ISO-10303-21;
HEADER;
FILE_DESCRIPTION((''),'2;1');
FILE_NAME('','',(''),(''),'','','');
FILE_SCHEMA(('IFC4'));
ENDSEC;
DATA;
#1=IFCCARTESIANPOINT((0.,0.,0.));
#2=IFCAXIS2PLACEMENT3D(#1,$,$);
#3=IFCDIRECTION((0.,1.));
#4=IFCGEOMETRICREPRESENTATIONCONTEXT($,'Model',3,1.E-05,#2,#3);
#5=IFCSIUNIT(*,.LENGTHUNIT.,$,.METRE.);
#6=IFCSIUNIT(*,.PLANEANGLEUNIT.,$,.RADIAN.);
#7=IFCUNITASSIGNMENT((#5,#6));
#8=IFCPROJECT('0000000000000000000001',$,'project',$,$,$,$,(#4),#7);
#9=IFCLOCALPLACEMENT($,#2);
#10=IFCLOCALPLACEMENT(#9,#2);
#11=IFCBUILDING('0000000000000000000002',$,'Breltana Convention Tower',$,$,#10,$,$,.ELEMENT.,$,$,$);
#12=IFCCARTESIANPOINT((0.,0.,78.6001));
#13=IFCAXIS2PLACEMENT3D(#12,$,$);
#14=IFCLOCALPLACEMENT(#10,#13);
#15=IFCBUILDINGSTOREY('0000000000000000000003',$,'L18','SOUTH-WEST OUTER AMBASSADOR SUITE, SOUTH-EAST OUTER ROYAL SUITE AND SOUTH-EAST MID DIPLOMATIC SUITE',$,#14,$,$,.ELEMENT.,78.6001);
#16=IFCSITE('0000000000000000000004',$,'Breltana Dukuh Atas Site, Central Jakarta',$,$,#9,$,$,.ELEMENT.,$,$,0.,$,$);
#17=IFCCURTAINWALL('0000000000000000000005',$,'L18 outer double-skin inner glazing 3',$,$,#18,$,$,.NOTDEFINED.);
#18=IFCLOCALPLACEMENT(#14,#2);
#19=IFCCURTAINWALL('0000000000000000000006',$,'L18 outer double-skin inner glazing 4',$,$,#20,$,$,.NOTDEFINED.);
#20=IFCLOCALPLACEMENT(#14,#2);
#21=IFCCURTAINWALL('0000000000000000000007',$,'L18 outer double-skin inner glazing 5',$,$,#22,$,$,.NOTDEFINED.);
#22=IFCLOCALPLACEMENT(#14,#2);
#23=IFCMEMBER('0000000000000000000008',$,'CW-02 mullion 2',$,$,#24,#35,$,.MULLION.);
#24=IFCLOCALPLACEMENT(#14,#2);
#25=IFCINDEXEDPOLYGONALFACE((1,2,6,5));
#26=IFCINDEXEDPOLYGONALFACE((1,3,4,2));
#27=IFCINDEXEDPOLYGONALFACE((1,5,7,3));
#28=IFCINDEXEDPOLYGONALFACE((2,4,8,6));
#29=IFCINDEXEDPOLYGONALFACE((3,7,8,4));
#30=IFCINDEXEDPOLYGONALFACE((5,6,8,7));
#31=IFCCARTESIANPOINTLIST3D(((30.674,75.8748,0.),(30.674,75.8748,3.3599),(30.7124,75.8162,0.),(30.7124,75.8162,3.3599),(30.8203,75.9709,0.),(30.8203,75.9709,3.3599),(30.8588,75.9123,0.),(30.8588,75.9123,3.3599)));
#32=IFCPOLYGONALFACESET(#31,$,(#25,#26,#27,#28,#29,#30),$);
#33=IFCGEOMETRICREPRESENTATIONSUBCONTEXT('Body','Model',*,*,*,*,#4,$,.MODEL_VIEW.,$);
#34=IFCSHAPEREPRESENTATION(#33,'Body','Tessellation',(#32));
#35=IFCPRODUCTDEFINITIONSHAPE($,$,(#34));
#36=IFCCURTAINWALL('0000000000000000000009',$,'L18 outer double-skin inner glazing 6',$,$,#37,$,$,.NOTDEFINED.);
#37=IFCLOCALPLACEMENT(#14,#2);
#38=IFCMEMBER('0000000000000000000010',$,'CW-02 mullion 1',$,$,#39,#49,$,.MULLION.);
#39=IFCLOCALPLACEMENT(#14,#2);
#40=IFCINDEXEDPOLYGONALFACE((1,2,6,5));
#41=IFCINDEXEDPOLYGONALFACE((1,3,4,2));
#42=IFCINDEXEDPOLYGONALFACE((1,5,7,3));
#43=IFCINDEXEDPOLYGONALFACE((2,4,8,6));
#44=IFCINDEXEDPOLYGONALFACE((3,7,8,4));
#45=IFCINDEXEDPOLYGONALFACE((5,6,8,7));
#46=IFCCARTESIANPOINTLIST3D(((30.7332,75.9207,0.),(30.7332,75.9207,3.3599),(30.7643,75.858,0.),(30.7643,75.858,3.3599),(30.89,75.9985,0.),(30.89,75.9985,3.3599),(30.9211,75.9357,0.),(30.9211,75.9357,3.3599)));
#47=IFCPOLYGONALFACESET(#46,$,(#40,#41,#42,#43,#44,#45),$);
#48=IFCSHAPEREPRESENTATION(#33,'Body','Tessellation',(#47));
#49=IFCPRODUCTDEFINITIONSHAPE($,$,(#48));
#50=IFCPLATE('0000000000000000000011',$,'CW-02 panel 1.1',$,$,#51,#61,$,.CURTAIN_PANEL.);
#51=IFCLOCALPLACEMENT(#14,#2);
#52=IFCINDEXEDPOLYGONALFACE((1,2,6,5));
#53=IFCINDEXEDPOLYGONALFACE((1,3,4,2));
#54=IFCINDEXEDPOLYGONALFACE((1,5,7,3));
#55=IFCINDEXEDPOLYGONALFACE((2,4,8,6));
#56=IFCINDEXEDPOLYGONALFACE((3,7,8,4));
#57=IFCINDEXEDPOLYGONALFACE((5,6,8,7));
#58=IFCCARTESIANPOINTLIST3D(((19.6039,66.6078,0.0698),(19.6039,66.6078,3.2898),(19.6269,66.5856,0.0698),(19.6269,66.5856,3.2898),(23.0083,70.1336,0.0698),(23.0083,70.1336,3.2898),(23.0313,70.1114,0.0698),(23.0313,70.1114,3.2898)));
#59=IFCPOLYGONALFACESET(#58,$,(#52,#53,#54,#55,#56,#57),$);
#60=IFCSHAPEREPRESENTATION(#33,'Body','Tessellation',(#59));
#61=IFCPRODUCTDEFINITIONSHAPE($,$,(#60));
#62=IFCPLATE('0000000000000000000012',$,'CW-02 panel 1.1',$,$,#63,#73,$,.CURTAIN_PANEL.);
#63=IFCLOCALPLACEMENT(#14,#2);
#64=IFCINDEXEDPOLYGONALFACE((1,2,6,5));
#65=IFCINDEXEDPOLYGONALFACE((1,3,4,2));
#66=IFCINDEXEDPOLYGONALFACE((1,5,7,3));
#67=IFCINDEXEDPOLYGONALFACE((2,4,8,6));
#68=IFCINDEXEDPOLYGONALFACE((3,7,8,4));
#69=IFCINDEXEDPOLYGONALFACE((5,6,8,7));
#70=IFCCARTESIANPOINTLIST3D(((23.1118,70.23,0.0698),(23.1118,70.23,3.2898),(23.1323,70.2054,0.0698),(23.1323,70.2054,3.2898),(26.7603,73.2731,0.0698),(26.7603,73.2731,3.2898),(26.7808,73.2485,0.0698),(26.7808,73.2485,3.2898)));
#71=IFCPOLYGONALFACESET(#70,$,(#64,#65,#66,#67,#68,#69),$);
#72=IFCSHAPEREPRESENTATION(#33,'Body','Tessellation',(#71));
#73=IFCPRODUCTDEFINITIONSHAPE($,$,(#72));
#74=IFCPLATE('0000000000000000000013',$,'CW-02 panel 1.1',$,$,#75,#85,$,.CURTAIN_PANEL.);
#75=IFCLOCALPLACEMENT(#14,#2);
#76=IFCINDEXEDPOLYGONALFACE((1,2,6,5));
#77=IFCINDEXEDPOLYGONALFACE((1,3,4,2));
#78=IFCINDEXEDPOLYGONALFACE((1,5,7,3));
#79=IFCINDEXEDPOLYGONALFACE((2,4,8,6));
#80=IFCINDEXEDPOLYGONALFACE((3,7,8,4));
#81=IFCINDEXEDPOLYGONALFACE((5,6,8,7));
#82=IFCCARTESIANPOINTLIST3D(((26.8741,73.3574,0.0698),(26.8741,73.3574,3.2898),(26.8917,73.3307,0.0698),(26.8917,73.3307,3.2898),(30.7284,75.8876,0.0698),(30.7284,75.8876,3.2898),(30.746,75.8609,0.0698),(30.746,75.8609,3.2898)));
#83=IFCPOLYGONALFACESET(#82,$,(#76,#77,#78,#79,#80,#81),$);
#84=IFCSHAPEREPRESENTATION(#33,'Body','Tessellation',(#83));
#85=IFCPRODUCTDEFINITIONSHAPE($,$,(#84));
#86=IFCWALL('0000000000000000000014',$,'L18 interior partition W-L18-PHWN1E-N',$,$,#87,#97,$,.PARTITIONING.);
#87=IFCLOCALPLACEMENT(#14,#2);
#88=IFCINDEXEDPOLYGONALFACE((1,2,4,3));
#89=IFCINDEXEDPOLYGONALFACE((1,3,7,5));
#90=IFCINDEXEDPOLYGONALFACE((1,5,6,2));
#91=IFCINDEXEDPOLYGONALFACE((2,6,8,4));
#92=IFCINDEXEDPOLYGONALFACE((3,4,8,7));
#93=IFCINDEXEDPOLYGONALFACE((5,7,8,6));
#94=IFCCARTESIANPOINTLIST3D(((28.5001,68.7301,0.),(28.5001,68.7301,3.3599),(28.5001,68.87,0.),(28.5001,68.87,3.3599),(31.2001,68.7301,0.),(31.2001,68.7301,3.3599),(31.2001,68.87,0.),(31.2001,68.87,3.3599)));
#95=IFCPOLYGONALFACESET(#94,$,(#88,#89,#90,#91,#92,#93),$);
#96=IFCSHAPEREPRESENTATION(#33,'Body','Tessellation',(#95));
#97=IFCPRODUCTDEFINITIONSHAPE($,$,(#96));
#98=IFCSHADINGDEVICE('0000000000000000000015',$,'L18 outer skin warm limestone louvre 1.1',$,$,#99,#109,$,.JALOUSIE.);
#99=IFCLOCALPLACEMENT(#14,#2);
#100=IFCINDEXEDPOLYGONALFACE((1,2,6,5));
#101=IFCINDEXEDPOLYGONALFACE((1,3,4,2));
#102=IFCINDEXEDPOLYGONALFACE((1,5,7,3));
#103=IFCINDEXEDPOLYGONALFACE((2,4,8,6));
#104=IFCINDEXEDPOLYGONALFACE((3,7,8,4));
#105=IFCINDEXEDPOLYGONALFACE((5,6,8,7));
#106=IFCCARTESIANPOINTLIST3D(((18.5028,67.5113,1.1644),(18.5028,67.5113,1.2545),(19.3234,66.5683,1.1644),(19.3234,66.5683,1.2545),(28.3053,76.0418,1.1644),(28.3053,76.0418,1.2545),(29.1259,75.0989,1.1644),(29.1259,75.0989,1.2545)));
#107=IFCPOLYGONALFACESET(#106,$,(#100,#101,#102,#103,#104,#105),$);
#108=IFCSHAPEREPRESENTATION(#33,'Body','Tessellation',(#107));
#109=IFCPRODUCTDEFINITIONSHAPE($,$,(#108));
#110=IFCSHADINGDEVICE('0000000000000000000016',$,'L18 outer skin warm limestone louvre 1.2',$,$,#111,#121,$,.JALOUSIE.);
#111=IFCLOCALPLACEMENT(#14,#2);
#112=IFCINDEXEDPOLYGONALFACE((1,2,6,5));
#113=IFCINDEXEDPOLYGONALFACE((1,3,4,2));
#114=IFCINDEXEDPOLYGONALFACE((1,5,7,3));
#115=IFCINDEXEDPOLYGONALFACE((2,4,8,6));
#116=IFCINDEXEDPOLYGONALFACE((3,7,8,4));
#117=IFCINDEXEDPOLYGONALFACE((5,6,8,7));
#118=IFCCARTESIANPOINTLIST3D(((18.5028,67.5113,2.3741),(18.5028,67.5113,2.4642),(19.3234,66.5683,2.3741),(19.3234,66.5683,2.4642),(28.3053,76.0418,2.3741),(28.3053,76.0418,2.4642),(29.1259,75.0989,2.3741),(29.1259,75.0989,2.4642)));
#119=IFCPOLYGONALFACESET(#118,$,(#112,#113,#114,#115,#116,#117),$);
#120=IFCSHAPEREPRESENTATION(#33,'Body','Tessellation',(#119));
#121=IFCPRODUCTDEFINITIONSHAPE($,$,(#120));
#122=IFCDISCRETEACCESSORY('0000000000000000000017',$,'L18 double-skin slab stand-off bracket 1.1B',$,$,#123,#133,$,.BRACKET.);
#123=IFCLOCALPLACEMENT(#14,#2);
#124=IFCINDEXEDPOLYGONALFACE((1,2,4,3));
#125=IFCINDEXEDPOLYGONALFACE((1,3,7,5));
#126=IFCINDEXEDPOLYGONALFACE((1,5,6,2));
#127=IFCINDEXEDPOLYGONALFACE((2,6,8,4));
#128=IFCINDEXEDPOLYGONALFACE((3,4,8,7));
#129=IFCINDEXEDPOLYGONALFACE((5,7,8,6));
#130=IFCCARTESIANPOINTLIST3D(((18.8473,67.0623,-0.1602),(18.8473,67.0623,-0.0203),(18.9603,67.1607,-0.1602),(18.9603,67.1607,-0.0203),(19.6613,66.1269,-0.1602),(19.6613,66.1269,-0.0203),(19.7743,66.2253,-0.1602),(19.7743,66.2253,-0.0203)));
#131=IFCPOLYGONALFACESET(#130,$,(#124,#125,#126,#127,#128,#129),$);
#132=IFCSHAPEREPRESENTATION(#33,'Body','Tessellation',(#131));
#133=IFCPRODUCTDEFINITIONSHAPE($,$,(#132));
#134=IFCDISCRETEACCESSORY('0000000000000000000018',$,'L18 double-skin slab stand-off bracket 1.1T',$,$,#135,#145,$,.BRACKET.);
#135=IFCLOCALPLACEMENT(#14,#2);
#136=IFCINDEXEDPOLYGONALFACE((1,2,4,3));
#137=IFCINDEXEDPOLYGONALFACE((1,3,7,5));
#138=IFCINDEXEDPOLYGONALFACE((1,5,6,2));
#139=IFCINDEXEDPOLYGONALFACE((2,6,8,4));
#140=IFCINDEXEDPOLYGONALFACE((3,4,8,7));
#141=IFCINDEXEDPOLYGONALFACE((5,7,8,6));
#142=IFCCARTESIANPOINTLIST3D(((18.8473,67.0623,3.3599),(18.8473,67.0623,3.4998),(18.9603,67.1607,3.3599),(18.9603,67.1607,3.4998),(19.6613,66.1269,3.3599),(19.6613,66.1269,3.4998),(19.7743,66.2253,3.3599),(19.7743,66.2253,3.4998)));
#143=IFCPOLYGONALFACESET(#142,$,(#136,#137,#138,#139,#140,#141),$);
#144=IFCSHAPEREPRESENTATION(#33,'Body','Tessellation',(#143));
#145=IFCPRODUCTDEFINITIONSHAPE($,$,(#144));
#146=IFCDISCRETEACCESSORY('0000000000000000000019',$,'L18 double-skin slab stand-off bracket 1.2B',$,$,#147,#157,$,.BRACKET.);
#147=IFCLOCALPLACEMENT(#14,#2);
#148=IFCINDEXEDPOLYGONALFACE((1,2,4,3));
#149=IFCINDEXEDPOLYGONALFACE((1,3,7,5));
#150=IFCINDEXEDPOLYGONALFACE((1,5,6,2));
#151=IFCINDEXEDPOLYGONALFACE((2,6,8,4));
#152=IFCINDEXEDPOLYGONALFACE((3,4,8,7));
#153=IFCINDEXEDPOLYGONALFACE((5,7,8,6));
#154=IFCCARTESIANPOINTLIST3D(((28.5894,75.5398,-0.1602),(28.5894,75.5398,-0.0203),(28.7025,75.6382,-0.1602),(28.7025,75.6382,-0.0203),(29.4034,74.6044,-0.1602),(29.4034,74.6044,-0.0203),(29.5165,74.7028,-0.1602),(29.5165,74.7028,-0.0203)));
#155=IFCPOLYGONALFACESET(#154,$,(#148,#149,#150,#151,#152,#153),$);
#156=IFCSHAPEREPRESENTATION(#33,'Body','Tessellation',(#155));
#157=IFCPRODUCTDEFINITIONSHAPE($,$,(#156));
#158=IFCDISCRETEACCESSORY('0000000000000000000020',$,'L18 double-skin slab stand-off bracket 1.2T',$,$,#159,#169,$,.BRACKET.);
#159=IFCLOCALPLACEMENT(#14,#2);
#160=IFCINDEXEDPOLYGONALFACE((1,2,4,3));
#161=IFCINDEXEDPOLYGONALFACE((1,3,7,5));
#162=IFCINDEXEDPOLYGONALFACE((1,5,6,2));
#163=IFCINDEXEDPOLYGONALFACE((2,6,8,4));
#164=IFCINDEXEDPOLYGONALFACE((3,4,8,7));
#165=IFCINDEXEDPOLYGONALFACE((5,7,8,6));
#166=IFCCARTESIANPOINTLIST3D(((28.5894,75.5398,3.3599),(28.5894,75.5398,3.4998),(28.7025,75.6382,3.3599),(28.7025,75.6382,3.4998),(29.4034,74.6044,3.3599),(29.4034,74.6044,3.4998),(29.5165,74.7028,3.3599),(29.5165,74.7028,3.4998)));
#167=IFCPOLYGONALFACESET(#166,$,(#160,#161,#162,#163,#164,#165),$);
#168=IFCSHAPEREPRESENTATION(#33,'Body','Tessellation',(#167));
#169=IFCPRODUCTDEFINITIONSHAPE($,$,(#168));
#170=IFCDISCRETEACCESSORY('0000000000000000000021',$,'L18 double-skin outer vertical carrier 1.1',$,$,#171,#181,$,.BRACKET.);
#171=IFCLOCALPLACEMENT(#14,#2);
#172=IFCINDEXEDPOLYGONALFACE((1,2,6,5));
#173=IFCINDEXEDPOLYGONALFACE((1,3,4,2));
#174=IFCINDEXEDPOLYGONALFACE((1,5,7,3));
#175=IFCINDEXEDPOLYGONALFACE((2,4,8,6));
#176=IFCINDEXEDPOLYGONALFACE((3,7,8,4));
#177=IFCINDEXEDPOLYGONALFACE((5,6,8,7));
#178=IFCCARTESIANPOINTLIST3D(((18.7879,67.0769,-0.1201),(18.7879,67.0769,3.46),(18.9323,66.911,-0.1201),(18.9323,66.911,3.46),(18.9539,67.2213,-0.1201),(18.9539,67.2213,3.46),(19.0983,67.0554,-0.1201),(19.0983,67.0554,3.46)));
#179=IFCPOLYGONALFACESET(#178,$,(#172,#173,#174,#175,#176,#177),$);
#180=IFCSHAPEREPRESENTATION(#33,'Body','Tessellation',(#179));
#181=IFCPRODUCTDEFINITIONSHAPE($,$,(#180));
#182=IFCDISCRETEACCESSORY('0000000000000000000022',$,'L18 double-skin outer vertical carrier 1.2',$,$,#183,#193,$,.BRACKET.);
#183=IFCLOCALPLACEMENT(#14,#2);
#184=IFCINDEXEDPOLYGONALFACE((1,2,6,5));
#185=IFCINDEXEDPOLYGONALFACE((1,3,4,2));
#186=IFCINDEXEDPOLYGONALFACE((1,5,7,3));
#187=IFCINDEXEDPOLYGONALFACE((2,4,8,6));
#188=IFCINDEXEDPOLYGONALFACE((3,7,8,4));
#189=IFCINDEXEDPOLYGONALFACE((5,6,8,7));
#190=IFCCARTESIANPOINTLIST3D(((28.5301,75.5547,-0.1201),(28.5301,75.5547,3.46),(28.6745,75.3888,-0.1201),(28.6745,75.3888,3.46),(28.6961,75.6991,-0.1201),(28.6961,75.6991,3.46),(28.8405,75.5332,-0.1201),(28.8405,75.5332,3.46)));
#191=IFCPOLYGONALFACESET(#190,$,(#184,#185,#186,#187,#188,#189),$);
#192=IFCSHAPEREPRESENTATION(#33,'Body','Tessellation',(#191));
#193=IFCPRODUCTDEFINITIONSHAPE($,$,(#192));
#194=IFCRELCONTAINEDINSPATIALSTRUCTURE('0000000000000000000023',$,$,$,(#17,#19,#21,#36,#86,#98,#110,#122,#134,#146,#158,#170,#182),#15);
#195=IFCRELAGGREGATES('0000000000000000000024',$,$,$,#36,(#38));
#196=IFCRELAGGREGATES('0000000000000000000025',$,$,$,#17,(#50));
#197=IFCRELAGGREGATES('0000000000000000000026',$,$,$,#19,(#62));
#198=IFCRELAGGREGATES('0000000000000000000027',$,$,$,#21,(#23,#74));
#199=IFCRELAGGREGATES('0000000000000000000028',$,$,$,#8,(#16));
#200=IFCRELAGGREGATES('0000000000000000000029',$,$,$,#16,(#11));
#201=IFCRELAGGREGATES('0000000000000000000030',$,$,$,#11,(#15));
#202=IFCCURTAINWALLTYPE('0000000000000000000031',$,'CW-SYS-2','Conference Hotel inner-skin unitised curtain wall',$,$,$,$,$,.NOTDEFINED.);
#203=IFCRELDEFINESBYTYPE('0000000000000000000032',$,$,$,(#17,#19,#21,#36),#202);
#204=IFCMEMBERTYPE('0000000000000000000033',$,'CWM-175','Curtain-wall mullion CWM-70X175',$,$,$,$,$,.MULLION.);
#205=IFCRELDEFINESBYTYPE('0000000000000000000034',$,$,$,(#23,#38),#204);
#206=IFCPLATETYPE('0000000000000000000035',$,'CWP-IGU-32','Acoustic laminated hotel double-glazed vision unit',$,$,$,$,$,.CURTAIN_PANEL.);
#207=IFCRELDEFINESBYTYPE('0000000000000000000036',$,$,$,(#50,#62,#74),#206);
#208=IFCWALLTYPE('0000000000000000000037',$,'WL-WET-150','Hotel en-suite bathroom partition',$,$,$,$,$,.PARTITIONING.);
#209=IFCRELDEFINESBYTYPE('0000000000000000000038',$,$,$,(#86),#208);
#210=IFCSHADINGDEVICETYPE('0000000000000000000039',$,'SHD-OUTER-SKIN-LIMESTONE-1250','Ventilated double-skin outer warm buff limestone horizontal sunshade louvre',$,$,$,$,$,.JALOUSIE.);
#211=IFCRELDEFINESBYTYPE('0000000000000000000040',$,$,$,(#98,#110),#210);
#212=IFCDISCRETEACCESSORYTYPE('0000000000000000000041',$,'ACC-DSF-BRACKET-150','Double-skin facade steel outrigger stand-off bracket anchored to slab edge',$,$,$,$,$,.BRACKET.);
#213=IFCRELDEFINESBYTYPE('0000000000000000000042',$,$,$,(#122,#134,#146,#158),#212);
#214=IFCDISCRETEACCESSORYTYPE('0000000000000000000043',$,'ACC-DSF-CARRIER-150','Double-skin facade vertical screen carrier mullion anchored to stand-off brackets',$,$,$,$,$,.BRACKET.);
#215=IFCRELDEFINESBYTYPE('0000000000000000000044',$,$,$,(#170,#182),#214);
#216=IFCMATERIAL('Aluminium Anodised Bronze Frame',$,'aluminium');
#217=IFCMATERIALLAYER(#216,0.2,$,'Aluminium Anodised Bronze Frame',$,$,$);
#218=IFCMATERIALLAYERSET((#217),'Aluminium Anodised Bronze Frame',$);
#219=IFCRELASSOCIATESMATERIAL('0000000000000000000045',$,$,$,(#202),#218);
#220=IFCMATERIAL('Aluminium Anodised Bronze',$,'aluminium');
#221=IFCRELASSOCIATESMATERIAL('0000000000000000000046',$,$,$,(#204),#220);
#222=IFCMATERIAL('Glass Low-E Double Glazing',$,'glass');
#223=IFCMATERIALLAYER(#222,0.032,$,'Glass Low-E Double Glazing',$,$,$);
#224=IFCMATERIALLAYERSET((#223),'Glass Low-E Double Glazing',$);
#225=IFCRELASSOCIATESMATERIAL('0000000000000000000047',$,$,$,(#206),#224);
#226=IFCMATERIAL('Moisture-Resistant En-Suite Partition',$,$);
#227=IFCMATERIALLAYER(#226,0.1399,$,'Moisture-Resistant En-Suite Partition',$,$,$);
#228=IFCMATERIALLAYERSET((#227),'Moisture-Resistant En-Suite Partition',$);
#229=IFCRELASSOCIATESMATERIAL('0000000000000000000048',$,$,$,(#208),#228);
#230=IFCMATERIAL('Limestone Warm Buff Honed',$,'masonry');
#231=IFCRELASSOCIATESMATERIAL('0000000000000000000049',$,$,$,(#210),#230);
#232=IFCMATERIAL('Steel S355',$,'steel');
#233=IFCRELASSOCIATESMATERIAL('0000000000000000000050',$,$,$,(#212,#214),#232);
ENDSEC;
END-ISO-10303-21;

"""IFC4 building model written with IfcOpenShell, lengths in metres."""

from ifc_helpers import new_model, si_unit, direction, frame, frame_2d, origin, origin_2d, place, context, subcontext, project, spatial, rectangle, extrude, source, transform, mapped, material, layer, layer_set, material_profile, profile_set, type_object, type_shapes, element, aggregate, save


model = new_model("IFC4")

# Units and contexts
model_context = context("Model", 3, precision=1e-05, world=origin(), true_north=direction((0.0, 1.0)))
body_context = subcontext(model_context, "Body", "Model", "MODEL_VIEW")
ifc_project = project(units=[si_unit("LENGTHUNIT", "METRE"), si_unit("PLANEANGLEUNIT", "RADIAN")], contexts=[model_context])

# Site, building, storey
site_placement = place(None, origin())
site = spatial("IfcSite", under=ifc_project, at=site_placement, Name="Breltana Dukuh Atas Site, Central Jakarta", CompositionType="ELEMENT", RefElevation=0.0)
building_placement = place(site_placement, origin())
building = spatial("IfcBuilding", under=site, at=building_placement, Name="Breltana Convention Tower", CompositionType="ELEMENT")
storey_placement = place(building_placement, frame((0.0, 0.0, 78.6001)))
storey = spatial("IfcBuildingStorey", under=building, at=storey_placement, Name="L18", Description="SOUTH-WEST OUTER AMBASSADOR SUITE, SOUTH-EAST OUTER ROYAL SUITE AND SOUTH-EAST MID DIPLOMATIC SUITE", CompositionType="ELEMENT", Elevation=78.6001)

# Curtain walls
ifc_material_1 = material(Name="Aluminium Anodised Bronze Frame", Category="aluminium")
ifc_layer_1 = layer(ifc_material_1, 0.2, Name="Aluminium Anodised Bronze Frame")
ifc_layer_set_1 = layer_set([ifc_layer_1], Name="Aluminium Anodised Bronze Frame")
curtain_wall_type = type_object("IfcCurtainWallType", Name="CW-SYS-2", Description="Conference Hotel inner-skin unitised curtain wall", PredefinedType="NOTDEFINED", material=ifc_layer_set_1)
curtain_wall_1_placement = place(storey_placement, origin())
curtain_wall_1 = element("IfcCurtainWall", 1, at=curtain_wall_1_placement, inside=storey, type_object=curtain_wall_type, Name="L18 outer double-skin inner glazing 3", PredefinedType="NOTDEFINED")
ifc_material_2 = material(Name="Aluminium Anodised Bronze", Category="aluminium")
curtain_wall_2_placement = place(storey_placement, origin())
curtain_wall_2 = element("IfcCurtainWall", 2, at=curtain_wall_2_placement, inside=storey, type_object=curtain_wall_type, Name="L18 outer double-skin inner glazing 4", PredefinedType="NOTDEFINED")
curtain_wall_3_placement = place(storey_placement, origin())
curtain_wall_3 = element("IfcCurtainWall", 3, at=curtain_wall_3_placement, inside=storey, type_object=curtain_wall_type, Name="L18 outer double-skin inner glazing 5", PredefinedType="NOTDEFINED")

# Member
ifc_material_profile_1 = material_profile(ifc_material_2, rectangle(XDim=0.0701, YDim=0.175, at=origin_2d()), Name="CWM-70X175")
ifc_profile_set_1 = profile_set([ifc_material_profile_1], Name="Aluminium Anodised Bronze")
member_type_1 = type_object("IfcMemberType", Name="CWM-175", Description="Curtain-wall mullion CWM-70X175", PredefinedType="MULLION", material=ifc_profile_set_1)
shared_shape_1 = source(origin(), body_context, "Body", "SweptSolid", [
    extrude(rectangle(XDim=0.0701, YDim=0.175, at=origin_2d()), origin(), (0.0, 0.0, 1.0), 3.3599),
])
member_1_placement = place(storey_placement, frame((30.7664, 75.8936, 0.0), z_axis=(0.0, 0.0, 1.0), x_axis=(-0.548784, 0.835964, 0.0)))
member_1 = element("IfcMember", 4, at=member_1_placement, type_object=member_type_1, Name="CW-02 mullion 2", PredefinedType="MULLION", context=body_context, shape_type="MappedRepresentation", body=[
    mapped(shared_shape_1, transform((0.0, 0.0, 0.0), scale=1.0)),
])

# Curtain wall, member
curtain_wall_4_placement = place(storey_placement, origin())
curtain_wall_4 = element("IfcCurtainWall", 5, at=curtain_wall_4_placement, inside=storey, type_object=curtain_wall_type, Name="L18 outer double-skin inner glazing 6", PredefinedType="NOTDEFINED")
member_2_placement = place(storey_placement, frame((30.8271, 75.9282, 0.0), z_axis=(0.0, 0.0, 1.0), x_axis=(-0.444108, 0.895973, 0.0)))
member_2 = element("IfcMember", 6, at=member_2_placement, type_object=member_type_1, Name="CW-02 mullion 1", PredefinedType="MULLION", context=body_context, shape_type="MappedRepresentation", body=[
    mapped(shared_shape_1, transform((0.0, 0.0, 0.0), scale=1.0)),
])
aggregate(curtain_wall_4, [member_2])

# Plates
ifc_material_3 = material(Name="Glass Low-E Double Glazing", Category="glass")
ifc_layer_2 = layer(ifc_material_3, 0.032, Name="Glass Low-E Double Glazing")
ifc_layer_set_2 = layer_set([ifc_layer_2], Name="Glass Low-E Double Glazing")
plate_type = type_object("IfcPlateType", Name="CWP-IGU-32", Description="Acoustic laminated hotel double-glazed vision unit", PredefinedType="CURTAIN_PANEL", material=ifc_layer_set_2)
shared_shape_2 = source(origin(), body_context, "Body", "SweptSolid", [
    extrude(rectangle(XDim=4.9011, YDim=0.032, at=origin_2d()), origin(), (0.0, 0.0, 1.0), 3.22),
])
plate_1_placement = place(storey_placement, frame((21.3176, 68.3596, 0.0698), z_axis=(0.0, 0.0, 1.0), x_axis=(0.69461, 0.719386, 0.0)))
plate_1 = element("IfcPlate", 7, at=plate_1_placement, type_object=plate_type, Name="CW-02 panel 1.1", PredefinedType="CURTAIN_PANEL", context=body_context, shape_type="MappedRepresentation", body=[
    mapped(shared_shape_2, transform((0.0, 0.0, 0.0), scale=1.0)),
])
aggregate(curtain_wall_1, [plate_1])
shared_shape_3 = source(origin(), body_context, "Body", "SweptSolid", [
    extrude(rectangle(XDim=4.751, YDim=0.032, at=origin_2d()), origin(), (0.0, 0.0, 1.0), 3.22),
])
plate_2_placement = place(storey_placement, frame((24.9463, 71.7393, 0.0698), z_axis=(0.0, 0.0, 1.0), x_axis=(0.767941, 0.64052, 0.0)))
plate_2 = element("IfcPlate", 8, at=plate_2_placement, type_object=plate_type, Name="CW-02 panel 1.1", PredefinedType="CURTAIN_PANEL", context=body_context, shape_type="MappedRepresentation", body=[
    mapped(shared_shape_3, transform((0.0, 0.0, 0.0), scale=1.0)),
])
aggregate(curtain_wall_2, [plate_2])
shared_shape_4 = source(origin(), body_context, "Body", "SweptSolid", [
    extrude(rectangle(XDim=4.6106, YDim=0.032, at=origin_2d()), origin(), (0.0, 0.0, 1.0), 3.22),
])
plate_3_placement = place(storey_placement, frame((28.8101, 74.6091, 0.0698), z_axis=(0.0, 0.0, 1.0), x_axis=(0.835964, 0.548784, 0.0)))
plate_3 = element("IfcPlate", 9, at=plate_3_placement, type_object=plate_type, Name="CW-02 panel 1.1", PredefinedType="CURTAIN_PANEL", context=body_context, shape_type="MappedRepresentation", body=[
    mapped(shared_shape_4, transform((0.0, 0.0, 0.0), scale=1.0)),
])
aggregate(curtain_wall_3, [member_1, plate_3])

# Wall
ifc_material_4 = material(Name="Moisture-Resistant En-Suite Partition")
ifc_layer_3 = layer(ifc_material_4, 0.1399, Name="Moisture-Resistant En-Suite Partition")
ifc_layer_set_3 = layer_set([ifc_layer_3], Name="Moisture-Resistant En-Suite Partition")
wall_type = type_object("IfcWallType", Name="WL-WET-150", Description="Hotel en-suite bathroom partition", PredefinedType="PARTITIONING", material=ifc_layer_set_3)
shared_shape_5 = source(origin(), body_context, "Body", "SweptSolid", [
    extrude(rectangle(XDim=2.7, YDim=0.1399, at=frame_2d((1.3501, 0.0))), origin(), (0.0, 0.0, 1.0), 3.3599),
])
wall_placement = place(storey_placement, frame((28.5, 68.8, 0.0), z_axis=(0.0, 0.0, 1.0), x_axis=(1.0, 0.0, 0.0)))
element("IfcWall", 10, at=wall_placement, inside=storey, type_object=wall_type, Name="L18 interior partition W-L18-PHWN1E-N", PredefinedType="PARTITIONING", context=body_context, shape_type="MappedRepresentation", body=[
    mapped(shared_shape_5, transform((0.0, 0.0, 0.0), scale=1.0)),
])

# Shading devices
ifc_material_5 = material(Name="Limestone Warm Buff Honed", Category="masonry")
ifc_material_profile_2 = material_profile(ifc_material_5, rectangle(XDim=1.25, YDim=0.0901, at=origin_2d()), Name="STN-LVR-1250X90")
ifc_profile_set_2 = profile_set([ifc_material_profile_2], Name="Limestone Warm Buff Honed")
shading_device_type = type_object("IfcShadingDeviceType", Name="SHD-OUTER-SKIN-LIMESTONE-1250", Description="Ventilated double-skin outer warm buff limestone horizontal sunshade louvre", PredefinedType="JALOUSIE", material=ifc_profile_set_2)
shared_shape_6 = source(origin(), body_context, "Body", "SweptSolid", [
    extrude(rectangle(XDim=1.25, YDim=0.0901, at=origin_2d()), origin(), (0.0, 0.0, 1.0), 12.9946),
])
type_shapes(shading_device_type, [shared_shape_6])
for number, where, z_axis, x_axis, name in (
    (11, (18.9131, 67.0398, 1.2095), (0.754353, 0.656468, 0.0), (-0.656468, 0.754353, 0.0), "L18 outer skin warm limestone louvre 1.1"),
    (12, (18.9131, 67.0398, 2.4192), (0.754353, 0.656468, 0.0), (-0.656468, 0.754353, 0.0), "L18 outer skin warm limestone louvre 1.2"),
):
    element("IfcShadingDevice", number, at=place(storey_placement, frame(where, z_axis=z_axis, x_axis=x_axis)), inside=storey, type_object=shading_device_type, Name=name, PredefinedType="JALOUSIE", context=body_context, shape_type="MappedRepresentation", body=[
        mapped(shared_shape_6, transform((0.0, 0.0, 0.0), scale=1.0)),
    ])

# Discrete accessories
ifc_material_6 = material(Name="Steel S355", Category="steel")
discrete_accessory_type_1 = type_object("IfcDiscreteAccessoryType", Name="ACC-DSF-BRACKET-150", Description="Double-skin facade steel outrigger stand-off bracket anchored to slab edge", PredefinedType="BRACKET", material=ifc_material_6)
shared_shape_7 = source(origin(), body_context, "Body", "SweptSolid", [
    extrude(rectangle(XDim=1.24, YDim=0.1499, at=origin_2d()), origin(), (0.0, 0.0, 1.0), 0.1399),
])
type_shapes(discrete_accessory_type_1, [shared_shape_7])
for number, where, z_axis, x_axis, name in (
    (13, (19.3108, 66.6438, -0.1602), (0.0, 0.0, 1.0), (-0.656457, 0.754364, 0.0), "L18 double-skin slab stand-off bracket 1.1B"),
    (14, (19.3108, 66.6438, 3.3599), (0.0, 0.0, 1.0), (-0.656457, 0.754364, 0.0), "L18 double-skin slab stand-off bracket 1.1T"),
    (15, (29.053, 75.1213, -0.1602), (0.0, 0.0, 1.0), (-0.656457, 0.754364, 0.0), "L18 double-skin slab stand-off bracket 1.2B"),
    (16, (29.053, 75.1213, 3.3599), (0.0, 0.0, 1.0), (-0.656457, 0.754364, 0.0), "L18 double-skin slab stand-off bracket 1.2T"),
):
    element("IfcDiscreteAccessory", number, at=place(storey_placement, frame(where, z_axis=z_axis, x_axis=x_axis)), inside=storey, type_object=discrete_accessory_type_1, Name=name, PredefinedType="BRACKET", context=body_context, shape_type="MappedRepresentation", body=[
        mapped(shared_shape_7, transform((0.0, 0.0, 0.0), scale=1.0)),
    ])
discrete_accessory_type_2 = type_object("IfcDiscreteAccessoryType", Name="ACC-DSF-CARRIER-150", Description="Double-skin facade vertical screen carrier mullion anchored to stand-off brackets", PredefinedType="BRACKET", material=ifc_material_6)
shared_shape_8 = source(origin(), body_context, "Body", "SweptSolid", [
    extrude(rectangle(XDim=0.22, YDim=0.22, at=origin_2d()), origin(), (0.0, 0.0, 1.0), 3.5801),
])
for number, where, z_axis, x_axis, name in (
    (17, (18.9431, 67.0662, -0.1201), (0.0, 0.0, 1.0), (-0.656457, 0.754364, 0.0), "L18 double-skin outer vertical carrier 1.1"),
    (18, (28.6853, 75.5439, -0.1201), (0.0, 0.0, 1.0), (-0.656457, 0.754364, 0.0), "L18 double-skin outer vertical carrier 1.2"),
):
    element("IfcDiscreteAccessory", number, at=place(storey_placement, frame(where, z_axis=z_axis, x_axis=x_axis)), inside=storey, type_object=discrete_accessory_type_2, Name=name, PredefinedType="BRACKET", context=body_context, shape_type="MappedRepresentation", body=[
        mapped(shared_shape_8, transform((0.0, 0.0, 0.0), scale=1.0)),
    ])

save(model, "model.ifc")
